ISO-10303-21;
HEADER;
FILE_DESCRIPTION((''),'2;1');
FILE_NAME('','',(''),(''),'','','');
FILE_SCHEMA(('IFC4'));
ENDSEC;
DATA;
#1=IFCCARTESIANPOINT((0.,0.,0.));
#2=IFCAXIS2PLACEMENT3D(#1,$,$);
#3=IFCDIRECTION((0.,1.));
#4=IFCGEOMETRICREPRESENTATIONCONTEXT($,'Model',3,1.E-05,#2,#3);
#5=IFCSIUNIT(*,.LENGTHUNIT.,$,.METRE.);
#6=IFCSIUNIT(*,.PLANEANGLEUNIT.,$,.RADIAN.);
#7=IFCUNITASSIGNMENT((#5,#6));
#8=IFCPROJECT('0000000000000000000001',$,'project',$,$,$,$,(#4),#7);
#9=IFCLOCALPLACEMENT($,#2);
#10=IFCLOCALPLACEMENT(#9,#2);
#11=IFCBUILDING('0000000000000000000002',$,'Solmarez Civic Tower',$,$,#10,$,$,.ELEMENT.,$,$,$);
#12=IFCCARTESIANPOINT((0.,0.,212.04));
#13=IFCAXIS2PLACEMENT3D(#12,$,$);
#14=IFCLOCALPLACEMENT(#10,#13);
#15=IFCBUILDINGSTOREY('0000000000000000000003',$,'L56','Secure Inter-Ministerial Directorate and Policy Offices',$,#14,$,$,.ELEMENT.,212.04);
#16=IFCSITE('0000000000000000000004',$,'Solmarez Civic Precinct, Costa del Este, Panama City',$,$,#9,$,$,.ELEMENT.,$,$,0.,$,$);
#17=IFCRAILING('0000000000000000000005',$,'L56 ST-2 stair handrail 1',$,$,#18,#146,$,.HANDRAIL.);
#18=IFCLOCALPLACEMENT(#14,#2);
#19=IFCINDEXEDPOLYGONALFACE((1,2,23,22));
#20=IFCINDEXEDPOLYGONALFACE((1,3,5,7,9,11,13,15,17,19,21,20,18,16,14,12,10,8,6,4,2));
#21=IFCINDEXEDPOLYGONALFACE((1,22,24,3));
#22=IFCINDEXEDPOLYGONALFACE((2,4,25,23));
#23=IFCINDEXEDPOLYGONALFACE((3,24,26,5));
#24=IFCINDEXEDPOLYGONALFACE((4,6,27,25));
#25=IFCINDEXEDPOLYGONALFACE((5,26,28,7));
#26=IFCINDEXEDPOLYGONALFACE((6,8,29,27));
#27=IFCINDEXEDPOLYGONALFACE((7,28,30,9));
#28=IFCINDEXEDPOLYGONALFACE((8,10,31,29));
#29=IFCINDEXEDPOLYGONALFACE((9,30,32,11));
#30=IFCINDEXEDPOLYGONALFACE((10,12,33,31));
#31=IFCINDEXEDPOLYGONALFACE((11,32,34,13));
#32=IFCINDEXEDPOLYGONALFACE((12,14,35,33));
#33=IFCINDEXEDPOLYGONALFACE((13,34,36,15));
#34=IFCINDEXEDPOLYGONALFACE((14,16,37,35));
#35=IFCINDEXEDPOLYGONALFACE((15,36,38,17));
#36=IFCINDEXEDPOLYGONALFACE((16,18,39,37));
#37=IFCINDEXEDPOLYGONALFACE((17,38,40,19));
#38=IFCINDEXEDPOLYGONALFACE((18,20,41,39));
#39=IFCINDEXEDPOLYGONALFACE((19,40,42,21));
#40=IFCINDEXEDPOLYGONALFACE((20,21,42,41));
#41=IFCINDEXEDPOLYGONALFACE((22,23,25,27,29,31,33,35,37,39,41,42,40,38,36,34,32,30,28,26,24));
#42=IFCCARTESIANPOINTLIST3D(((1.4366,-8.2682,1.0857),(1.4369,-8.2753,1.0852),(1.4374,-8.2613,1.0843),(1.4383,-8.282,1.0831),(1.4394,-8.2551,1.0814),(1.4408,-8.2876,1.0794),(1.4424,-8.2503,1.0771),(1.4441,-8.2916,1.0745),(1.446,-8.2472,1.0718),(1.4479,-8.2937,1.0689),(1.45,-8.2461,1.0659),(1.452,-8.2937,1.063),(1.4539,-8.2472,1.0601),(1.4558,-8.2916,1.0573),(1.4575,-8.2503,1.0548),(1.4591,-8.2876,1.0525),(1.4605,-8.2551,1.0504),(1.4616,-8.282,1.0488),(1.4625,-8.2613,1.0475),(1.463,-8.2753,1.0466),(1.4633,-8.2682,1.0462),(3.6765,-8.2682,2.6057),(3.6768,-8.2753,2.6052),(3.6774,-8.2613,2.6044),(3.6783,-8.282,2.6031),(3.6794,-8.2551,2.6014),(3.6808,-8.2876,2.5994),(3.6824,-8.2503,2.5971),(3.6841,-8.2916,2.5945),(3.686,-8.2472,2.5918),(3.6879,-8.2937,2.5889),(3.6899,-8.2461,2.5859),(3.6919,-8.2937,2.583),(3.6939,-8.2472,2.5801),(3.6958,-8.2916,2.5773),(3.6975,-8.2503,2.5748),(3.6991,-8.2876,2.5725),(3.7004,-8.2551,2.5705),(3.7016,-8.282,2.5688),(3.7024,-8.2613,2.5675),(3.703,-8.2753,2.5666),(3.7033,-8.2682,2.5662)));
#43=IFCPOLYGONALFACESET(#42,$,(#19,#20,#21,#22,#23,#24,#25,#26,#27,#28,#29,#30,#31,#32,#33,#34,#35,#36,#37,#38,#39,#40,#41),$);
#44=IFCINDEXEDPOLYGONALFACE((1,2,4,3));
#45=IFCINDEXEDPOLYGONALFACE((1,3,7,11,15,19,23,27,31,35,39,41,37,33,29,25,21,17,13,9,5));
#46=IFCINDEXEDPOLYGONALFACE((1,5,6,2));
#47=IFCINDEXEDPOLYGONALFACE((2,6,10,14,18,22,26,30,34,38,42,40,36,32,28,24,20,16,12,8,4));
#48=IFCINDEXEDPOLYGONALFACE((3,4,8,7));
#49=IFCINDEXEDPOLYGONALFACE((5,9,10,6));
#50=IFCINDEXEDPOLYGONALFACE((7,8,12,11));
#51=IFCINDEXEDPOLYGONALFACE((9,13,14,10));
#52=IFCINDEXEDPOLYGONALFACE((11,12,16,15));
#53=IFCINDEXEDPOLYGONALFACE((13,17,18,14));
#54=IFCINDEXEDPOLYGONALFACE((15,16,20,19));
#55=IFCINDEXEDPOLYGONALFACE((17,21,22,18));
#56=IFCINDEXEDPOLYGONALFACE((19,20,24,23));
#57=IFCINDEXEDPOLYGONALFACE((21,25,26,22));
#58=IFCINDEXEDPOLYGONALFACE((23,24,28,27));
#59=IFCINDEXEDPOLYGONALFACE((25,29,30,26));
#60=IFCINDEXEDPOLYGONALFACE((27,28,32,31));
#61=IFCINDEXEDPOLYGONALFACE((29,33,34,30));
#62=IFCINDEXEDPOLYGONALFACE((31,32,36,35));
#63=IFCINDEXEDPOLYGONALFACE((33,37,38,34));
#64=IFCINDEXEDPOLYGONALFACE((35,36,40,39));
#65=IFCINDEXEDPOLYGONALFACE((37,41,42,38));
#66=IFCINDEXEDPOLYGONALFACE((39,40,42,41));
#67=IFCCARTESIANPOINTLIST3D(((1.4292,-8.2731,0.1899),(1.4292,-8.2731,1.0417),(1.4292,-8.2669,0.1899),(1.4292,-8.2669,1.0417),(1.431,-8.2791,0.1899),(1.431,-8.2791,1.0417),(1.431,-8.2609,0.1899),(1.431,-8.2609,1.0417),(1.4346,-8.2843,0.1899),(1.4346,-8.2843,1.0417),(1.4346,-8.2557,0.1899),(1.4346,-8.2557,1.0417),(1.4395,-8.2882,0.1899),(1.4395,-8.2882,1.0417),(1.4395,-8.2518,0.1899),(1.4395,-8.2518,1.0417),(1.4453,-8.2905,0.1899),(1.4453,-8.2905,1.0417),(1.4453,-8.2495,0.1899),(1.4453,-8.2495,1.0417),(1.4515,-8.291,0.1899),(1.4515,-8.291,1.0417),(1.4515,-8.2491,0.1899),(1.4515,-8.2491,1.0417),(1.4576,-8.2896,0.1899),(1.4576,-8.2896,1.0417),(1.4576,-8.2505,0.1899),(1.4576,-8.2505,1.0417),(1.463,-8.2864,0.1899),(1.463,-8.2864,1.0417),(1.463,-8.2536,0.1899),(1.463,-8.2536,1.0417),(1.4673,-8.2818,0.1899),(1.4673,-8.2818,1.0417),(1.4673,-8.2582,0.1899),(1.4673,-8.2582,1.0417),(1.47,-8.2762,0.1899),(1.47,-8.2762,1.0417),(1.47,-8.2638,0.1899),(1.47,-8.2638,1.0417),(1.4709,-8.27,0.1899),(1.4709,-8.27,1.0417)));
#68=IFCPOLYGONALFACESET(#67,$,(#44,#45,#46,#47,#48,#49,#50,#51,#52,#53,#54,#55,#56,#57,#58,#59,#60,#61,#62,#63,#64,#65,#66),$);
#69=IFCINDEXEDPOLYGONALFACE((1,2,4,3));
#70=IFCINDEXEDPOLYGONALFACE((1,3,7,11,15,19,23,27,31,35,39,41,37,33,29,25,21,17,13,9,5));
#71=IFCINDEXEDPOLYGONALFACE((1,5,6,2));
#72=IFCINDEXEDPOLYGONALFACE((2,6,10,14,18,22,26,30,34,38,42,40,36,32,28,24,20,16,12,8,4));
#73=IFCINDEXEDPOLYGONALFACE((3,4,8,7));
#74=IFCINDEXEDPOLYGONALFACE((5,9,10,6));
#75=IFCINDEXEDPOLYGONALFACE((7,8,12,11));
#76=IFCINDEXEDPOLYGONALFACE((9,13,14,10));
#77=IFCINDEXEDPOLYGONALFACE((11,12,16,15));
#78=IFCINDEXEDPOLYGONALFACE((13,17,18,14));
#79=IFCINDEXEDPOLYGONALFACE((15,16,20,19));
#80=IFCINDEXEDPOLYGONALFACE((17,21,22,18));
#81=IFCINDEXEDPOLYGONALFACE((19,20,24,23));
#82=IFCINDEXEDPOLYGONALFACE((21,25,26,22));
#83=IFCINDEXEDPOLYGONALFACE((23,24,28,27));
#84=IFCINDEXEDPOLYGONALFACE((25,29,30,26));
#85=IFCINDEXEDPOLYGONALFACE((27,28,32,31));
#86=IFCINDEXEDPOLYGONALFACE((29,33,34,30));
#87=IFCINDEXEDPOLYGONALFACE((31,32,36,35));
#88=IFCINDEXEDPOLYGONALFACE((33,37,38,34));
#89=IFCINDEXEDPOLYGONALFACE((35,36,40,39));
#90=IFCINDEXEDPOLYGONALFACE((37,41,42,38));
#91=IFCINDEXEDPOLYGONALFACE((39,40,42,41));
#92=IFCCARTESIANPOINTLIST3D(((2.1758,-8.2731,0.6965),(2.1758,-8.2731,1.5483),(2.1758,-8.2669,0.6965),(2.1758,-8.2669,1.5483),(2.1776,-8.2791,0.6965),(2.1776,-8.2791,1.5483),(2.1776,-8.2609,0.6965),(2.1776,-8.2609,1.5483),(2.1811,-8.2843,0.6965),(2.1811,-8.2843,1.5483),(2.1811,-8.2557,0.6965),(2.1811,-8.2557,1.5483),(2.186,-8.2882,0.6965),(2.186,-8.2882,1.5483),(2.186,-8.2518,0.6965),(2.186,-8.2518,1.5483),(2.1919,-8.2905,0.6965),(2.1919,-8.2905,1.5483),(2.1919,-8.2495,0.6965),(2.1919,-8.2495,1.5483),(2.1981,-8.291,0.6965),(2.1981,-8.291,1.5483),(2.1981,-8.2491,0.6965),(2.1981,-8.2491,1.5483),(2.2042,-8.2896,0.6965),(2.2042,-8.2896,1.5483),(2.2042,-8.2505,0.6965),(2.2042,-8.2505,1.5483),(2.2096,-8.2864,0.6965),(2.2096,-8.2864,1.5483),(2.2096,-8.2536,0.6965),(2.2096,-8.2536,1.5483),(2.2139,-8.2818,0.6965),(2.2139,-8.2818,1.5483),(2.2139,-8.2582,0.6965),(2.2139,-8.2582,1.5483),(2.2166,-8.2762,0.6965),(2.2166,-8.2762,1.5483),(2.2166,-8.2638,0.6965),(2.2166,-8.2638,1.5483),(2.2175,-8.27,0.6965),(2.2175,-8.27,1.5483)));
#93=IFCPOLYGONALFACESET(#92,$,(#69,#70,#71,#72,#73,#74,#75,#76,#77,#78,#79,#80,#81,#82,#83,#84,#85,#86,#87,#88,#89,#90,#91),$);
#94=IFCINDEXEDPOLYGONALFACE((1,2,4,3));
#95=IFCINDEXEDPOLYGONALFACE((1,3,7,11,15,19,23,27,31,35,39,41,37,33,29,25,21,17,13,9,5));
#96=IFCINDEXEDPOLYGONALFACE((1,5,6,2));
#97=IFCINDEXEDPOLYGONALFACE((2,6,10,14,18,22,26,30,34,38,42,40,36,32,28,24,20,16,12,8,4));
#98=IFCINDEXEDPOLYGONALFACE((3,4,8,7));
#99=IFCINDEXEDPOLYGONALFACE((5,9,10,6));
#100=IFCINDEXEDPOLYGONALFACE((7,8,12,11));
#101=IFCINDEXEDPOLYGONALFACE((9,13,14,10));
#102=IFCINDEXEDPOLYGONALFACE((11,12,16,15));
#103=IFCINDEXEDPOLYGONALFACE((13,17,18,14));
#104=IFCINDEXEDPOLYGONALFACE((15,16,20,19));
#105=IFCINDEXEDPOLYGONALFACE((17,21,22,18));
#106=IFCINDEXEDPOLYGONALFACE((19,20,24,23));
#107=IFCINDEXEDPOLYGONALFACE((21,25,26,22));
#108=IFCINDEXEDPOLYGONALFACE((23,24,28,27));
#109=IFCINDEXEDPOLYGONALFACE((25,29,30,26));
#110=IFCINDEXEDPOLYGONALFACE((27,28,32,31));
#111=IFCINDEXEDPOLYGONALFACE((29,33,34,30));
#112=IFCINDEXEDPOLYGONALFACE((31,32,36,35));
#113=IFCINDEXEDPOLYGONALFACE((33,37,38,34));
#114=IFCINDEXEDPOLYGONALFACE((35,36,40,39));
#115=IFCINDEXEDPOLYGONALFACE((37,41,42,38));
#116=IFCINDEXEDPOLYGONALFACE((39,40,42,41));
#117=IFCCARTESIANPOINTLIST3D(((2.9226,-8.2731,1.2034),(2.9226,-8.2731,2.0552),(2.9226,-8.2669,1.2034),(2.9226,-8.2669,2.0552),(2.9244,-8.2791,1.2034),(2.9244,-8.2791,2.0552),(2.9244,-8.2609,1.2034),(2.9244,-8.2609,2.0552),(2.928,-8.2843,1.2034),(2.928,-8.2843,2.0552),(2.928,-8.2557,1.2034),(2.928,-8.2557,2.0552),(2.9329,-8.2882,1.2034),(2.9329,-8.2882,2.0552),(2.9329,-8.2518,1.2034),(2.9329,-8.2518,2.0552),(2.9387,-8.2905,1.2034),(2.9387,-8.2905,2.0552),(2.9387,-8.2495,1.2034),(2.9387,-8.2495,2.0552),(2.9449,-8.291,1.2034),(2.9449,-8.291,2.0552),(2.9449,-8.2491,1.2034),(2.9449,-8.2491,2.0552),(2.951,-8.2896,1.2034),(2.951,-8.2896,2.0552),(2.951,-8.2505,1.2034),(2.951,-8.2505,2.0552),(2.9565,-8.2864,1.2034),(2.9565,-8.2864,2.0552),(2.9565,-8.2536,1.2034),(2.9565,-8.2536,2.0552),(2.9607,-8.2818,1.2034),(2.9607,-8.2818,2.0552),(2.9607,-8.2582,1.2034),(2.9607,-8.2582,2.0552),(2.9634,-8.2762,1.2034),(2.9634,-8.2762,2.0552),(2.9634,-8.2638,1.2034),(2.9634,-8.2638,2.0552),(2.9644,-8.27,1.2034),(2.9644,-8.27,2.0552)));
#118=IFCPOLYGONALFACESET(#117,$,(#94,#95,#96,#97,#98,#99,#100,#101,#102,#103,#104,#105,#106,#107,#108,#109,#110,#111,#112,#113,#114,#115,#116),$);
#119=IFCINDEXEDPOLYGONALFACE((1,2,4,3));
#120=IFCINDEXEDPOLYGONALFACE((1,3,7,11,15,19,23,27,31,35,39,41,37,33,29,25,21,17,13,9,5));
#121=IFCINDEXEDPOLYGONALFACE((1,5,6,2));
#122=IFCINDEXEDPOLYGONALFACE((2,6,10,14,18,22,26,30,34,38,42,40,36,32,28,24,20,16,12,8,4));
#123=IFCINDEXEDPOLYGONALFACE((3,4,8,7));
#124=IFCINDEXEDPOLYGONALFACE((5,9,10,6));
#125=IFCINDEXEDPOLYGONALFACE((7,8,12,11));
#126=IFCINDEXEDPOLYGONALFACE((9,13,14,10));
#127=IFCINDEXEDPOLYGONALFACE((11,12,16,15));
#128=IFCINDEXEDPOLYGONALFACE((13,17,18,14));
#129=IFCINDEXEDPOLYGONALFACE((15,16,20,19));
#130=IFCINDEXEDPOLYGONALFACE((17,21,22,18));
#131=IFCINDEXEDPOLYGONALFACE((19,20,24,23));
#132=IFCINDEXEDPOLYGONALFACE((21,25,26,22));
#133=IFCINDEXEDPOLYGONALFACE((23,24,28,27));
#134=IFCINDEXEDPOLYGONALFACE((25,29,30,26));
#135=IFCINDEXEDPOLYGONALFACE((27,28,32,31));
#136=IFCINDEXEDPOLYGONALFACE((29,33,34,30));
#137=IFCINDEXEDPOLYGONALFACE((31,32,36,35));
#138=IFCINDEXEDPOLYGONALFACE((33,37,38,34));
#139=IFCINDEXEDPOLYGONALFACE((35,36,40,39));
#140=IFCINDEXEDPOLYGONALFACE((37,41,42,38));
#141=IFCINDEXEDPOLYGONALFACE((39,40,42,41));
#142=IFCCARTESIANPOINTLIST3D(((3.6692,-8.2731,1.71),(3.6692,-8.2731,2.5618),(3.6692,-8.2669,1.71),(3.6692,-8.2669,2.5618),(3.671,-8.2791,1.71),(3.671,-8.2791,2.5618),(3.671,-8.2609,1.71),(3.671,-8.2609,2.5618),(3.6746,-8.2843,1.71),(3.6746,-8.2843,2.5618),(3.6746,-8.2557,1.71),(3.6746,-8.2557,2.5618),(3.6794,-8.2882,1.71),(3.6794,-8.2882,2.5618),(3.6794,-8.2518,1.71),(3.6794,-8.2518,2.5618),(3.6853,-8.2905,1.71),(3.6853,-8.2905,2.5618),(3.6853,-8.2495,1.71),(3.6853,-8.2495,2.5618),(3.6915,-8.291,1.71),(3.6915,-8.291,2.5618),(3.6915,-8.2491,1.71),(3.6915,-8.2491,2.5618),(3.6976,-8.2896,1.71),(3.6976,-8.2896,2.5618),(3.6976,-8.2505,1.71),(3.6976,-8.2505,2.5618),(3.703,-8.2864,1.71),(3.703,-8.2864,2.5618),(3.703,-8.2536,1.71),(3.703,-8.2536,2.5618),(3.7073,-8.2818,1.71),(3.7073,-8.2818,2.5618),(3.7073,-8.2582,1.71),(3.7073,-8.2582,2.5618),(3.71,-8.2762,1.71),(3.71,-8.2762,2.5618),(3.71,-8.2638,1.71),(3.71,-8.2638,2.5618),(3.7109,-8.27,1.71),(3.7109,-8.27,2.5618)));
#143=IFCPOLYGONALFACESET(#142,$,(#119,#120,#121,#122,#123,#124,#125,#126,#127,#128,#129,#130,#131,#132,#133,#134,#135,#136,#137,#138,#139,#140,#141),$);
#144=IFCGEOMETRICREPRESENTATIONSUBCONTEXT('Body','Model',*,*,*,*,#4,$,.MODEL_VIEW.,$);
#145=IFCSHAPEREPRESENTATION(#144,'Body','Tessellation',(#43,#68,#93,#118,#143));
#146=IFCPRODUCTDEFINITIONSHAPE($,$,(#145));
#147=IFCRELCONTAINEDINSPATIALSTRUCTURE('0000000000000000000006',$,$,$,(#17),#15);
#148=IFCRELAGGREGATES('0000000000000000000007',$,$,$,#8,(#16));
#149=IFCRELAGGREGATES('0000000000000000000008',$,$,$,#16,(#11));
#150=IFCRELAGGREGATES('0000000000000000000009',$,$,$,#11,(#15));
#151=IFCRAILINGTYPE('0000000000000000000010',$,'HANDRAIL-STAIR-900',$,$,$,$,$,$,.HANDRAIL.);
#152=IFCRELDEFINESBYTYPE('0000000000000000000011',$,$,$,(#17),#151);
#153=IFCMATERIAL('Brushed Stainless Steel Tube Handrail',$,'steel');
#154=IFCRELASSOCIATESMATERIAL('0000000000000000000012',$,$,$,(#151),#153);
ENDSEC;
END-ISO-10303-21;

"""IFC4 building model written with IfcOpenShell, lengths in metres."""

from ifc_helpers import new_model, si_unit, direction, frame, origin, origin_2d, place, context, subcontext, project, spatial, circle, extrude, material, type_object, element, save


model = new_model("IFC4")

# Units and contexts
model_context = context("Model", 3, precision=1e-05, world=origin(), true_north=direction((0.0, 1.0)))
body_context = subcontext(model_context, "Body", "Model", "MODEL_VIEW")
ifc_project = project(units=[si_unit("LENGTHUNIT", "METRE"), si_unit("PLANEANGLEUNIT", "RADIAN")], contexts=[model_context])

# Site, building, storey
site_placement = place(None, origin())
site = spatial("IfcSite", under=ifc_project, at=site_placement, Name="Solmarez Civic Precinct, Costa del Este, Panama City", CompositionType="ELEMENT", RefElevation=0.0)
building_placement = place(site_placement, origin())
building = spatial("IfcBuilding", under=site, at=building_placement, Name="Solmarez Civic Tower", CompositionType="ELEMENT")
storey_placement = place(building_placement, frame((0.0, 0.0, 212.04)))
storey = spatial("IfcBuildingStorey", under=building, at=storey_placement, Name="L56", Description="Secure Inter-Ministerial Directorate and Policy Offices", CompositionType="ELEMENT", Elevation=212.04)

# Railing
ifc_material_1 = material(Name="Brushed Stainless Steel Tube Handrail", Category="steel")
railing_type = type_object("IfcRailingType", Name="HANDRAIL-STAIR-900", PredefinedType="HANDRAIL", material=ifc_material_1)
railing_placement = place(storey_placement, frame((1.45, -8.27, 0.1899)))
element("IfcRailing", 1, at=railing_placement, inside=storey, type_object=railing_type, Name="L56 ST-2 stair handrail 1", PredefinedType="HANDRAIL", context=body_context, shape_type="SweptSolid", body=[
    extrude(circle(Radius=0.0239, at=origin_2d()), frame((0.0, 0.0, 0.876), z_axis=(0.827471, 0.0, 0.561508), x_axis=(0.0, 1.0, 0.0)), (0.0, 0.0, 1.0), 2.707),
    extrude(circle(Radius=0.021, at=origin_2d()), origin(), (0.0, 0.0, 1.0), 0.8518),
    extrude(circle(Radius=0.021, at=origin_2d()), frame((0.7466, 0.0, 0.5066)), (0.0, 0.0, 1.0), 0.8518),
    extrude(circle(Radius=0.021, at=origin_2d()), frame((1.4934, 0.0, 1.0134)), (0.0, 0.0, 1.0), 0.8518),
    extrude(circle(Radius=0.021, at=origin_2d()), frame((2.24, 0.0, 1.52)), (0.0, 0.0, 1.0), 0.8518),
])

save(model, "model.ifc")
